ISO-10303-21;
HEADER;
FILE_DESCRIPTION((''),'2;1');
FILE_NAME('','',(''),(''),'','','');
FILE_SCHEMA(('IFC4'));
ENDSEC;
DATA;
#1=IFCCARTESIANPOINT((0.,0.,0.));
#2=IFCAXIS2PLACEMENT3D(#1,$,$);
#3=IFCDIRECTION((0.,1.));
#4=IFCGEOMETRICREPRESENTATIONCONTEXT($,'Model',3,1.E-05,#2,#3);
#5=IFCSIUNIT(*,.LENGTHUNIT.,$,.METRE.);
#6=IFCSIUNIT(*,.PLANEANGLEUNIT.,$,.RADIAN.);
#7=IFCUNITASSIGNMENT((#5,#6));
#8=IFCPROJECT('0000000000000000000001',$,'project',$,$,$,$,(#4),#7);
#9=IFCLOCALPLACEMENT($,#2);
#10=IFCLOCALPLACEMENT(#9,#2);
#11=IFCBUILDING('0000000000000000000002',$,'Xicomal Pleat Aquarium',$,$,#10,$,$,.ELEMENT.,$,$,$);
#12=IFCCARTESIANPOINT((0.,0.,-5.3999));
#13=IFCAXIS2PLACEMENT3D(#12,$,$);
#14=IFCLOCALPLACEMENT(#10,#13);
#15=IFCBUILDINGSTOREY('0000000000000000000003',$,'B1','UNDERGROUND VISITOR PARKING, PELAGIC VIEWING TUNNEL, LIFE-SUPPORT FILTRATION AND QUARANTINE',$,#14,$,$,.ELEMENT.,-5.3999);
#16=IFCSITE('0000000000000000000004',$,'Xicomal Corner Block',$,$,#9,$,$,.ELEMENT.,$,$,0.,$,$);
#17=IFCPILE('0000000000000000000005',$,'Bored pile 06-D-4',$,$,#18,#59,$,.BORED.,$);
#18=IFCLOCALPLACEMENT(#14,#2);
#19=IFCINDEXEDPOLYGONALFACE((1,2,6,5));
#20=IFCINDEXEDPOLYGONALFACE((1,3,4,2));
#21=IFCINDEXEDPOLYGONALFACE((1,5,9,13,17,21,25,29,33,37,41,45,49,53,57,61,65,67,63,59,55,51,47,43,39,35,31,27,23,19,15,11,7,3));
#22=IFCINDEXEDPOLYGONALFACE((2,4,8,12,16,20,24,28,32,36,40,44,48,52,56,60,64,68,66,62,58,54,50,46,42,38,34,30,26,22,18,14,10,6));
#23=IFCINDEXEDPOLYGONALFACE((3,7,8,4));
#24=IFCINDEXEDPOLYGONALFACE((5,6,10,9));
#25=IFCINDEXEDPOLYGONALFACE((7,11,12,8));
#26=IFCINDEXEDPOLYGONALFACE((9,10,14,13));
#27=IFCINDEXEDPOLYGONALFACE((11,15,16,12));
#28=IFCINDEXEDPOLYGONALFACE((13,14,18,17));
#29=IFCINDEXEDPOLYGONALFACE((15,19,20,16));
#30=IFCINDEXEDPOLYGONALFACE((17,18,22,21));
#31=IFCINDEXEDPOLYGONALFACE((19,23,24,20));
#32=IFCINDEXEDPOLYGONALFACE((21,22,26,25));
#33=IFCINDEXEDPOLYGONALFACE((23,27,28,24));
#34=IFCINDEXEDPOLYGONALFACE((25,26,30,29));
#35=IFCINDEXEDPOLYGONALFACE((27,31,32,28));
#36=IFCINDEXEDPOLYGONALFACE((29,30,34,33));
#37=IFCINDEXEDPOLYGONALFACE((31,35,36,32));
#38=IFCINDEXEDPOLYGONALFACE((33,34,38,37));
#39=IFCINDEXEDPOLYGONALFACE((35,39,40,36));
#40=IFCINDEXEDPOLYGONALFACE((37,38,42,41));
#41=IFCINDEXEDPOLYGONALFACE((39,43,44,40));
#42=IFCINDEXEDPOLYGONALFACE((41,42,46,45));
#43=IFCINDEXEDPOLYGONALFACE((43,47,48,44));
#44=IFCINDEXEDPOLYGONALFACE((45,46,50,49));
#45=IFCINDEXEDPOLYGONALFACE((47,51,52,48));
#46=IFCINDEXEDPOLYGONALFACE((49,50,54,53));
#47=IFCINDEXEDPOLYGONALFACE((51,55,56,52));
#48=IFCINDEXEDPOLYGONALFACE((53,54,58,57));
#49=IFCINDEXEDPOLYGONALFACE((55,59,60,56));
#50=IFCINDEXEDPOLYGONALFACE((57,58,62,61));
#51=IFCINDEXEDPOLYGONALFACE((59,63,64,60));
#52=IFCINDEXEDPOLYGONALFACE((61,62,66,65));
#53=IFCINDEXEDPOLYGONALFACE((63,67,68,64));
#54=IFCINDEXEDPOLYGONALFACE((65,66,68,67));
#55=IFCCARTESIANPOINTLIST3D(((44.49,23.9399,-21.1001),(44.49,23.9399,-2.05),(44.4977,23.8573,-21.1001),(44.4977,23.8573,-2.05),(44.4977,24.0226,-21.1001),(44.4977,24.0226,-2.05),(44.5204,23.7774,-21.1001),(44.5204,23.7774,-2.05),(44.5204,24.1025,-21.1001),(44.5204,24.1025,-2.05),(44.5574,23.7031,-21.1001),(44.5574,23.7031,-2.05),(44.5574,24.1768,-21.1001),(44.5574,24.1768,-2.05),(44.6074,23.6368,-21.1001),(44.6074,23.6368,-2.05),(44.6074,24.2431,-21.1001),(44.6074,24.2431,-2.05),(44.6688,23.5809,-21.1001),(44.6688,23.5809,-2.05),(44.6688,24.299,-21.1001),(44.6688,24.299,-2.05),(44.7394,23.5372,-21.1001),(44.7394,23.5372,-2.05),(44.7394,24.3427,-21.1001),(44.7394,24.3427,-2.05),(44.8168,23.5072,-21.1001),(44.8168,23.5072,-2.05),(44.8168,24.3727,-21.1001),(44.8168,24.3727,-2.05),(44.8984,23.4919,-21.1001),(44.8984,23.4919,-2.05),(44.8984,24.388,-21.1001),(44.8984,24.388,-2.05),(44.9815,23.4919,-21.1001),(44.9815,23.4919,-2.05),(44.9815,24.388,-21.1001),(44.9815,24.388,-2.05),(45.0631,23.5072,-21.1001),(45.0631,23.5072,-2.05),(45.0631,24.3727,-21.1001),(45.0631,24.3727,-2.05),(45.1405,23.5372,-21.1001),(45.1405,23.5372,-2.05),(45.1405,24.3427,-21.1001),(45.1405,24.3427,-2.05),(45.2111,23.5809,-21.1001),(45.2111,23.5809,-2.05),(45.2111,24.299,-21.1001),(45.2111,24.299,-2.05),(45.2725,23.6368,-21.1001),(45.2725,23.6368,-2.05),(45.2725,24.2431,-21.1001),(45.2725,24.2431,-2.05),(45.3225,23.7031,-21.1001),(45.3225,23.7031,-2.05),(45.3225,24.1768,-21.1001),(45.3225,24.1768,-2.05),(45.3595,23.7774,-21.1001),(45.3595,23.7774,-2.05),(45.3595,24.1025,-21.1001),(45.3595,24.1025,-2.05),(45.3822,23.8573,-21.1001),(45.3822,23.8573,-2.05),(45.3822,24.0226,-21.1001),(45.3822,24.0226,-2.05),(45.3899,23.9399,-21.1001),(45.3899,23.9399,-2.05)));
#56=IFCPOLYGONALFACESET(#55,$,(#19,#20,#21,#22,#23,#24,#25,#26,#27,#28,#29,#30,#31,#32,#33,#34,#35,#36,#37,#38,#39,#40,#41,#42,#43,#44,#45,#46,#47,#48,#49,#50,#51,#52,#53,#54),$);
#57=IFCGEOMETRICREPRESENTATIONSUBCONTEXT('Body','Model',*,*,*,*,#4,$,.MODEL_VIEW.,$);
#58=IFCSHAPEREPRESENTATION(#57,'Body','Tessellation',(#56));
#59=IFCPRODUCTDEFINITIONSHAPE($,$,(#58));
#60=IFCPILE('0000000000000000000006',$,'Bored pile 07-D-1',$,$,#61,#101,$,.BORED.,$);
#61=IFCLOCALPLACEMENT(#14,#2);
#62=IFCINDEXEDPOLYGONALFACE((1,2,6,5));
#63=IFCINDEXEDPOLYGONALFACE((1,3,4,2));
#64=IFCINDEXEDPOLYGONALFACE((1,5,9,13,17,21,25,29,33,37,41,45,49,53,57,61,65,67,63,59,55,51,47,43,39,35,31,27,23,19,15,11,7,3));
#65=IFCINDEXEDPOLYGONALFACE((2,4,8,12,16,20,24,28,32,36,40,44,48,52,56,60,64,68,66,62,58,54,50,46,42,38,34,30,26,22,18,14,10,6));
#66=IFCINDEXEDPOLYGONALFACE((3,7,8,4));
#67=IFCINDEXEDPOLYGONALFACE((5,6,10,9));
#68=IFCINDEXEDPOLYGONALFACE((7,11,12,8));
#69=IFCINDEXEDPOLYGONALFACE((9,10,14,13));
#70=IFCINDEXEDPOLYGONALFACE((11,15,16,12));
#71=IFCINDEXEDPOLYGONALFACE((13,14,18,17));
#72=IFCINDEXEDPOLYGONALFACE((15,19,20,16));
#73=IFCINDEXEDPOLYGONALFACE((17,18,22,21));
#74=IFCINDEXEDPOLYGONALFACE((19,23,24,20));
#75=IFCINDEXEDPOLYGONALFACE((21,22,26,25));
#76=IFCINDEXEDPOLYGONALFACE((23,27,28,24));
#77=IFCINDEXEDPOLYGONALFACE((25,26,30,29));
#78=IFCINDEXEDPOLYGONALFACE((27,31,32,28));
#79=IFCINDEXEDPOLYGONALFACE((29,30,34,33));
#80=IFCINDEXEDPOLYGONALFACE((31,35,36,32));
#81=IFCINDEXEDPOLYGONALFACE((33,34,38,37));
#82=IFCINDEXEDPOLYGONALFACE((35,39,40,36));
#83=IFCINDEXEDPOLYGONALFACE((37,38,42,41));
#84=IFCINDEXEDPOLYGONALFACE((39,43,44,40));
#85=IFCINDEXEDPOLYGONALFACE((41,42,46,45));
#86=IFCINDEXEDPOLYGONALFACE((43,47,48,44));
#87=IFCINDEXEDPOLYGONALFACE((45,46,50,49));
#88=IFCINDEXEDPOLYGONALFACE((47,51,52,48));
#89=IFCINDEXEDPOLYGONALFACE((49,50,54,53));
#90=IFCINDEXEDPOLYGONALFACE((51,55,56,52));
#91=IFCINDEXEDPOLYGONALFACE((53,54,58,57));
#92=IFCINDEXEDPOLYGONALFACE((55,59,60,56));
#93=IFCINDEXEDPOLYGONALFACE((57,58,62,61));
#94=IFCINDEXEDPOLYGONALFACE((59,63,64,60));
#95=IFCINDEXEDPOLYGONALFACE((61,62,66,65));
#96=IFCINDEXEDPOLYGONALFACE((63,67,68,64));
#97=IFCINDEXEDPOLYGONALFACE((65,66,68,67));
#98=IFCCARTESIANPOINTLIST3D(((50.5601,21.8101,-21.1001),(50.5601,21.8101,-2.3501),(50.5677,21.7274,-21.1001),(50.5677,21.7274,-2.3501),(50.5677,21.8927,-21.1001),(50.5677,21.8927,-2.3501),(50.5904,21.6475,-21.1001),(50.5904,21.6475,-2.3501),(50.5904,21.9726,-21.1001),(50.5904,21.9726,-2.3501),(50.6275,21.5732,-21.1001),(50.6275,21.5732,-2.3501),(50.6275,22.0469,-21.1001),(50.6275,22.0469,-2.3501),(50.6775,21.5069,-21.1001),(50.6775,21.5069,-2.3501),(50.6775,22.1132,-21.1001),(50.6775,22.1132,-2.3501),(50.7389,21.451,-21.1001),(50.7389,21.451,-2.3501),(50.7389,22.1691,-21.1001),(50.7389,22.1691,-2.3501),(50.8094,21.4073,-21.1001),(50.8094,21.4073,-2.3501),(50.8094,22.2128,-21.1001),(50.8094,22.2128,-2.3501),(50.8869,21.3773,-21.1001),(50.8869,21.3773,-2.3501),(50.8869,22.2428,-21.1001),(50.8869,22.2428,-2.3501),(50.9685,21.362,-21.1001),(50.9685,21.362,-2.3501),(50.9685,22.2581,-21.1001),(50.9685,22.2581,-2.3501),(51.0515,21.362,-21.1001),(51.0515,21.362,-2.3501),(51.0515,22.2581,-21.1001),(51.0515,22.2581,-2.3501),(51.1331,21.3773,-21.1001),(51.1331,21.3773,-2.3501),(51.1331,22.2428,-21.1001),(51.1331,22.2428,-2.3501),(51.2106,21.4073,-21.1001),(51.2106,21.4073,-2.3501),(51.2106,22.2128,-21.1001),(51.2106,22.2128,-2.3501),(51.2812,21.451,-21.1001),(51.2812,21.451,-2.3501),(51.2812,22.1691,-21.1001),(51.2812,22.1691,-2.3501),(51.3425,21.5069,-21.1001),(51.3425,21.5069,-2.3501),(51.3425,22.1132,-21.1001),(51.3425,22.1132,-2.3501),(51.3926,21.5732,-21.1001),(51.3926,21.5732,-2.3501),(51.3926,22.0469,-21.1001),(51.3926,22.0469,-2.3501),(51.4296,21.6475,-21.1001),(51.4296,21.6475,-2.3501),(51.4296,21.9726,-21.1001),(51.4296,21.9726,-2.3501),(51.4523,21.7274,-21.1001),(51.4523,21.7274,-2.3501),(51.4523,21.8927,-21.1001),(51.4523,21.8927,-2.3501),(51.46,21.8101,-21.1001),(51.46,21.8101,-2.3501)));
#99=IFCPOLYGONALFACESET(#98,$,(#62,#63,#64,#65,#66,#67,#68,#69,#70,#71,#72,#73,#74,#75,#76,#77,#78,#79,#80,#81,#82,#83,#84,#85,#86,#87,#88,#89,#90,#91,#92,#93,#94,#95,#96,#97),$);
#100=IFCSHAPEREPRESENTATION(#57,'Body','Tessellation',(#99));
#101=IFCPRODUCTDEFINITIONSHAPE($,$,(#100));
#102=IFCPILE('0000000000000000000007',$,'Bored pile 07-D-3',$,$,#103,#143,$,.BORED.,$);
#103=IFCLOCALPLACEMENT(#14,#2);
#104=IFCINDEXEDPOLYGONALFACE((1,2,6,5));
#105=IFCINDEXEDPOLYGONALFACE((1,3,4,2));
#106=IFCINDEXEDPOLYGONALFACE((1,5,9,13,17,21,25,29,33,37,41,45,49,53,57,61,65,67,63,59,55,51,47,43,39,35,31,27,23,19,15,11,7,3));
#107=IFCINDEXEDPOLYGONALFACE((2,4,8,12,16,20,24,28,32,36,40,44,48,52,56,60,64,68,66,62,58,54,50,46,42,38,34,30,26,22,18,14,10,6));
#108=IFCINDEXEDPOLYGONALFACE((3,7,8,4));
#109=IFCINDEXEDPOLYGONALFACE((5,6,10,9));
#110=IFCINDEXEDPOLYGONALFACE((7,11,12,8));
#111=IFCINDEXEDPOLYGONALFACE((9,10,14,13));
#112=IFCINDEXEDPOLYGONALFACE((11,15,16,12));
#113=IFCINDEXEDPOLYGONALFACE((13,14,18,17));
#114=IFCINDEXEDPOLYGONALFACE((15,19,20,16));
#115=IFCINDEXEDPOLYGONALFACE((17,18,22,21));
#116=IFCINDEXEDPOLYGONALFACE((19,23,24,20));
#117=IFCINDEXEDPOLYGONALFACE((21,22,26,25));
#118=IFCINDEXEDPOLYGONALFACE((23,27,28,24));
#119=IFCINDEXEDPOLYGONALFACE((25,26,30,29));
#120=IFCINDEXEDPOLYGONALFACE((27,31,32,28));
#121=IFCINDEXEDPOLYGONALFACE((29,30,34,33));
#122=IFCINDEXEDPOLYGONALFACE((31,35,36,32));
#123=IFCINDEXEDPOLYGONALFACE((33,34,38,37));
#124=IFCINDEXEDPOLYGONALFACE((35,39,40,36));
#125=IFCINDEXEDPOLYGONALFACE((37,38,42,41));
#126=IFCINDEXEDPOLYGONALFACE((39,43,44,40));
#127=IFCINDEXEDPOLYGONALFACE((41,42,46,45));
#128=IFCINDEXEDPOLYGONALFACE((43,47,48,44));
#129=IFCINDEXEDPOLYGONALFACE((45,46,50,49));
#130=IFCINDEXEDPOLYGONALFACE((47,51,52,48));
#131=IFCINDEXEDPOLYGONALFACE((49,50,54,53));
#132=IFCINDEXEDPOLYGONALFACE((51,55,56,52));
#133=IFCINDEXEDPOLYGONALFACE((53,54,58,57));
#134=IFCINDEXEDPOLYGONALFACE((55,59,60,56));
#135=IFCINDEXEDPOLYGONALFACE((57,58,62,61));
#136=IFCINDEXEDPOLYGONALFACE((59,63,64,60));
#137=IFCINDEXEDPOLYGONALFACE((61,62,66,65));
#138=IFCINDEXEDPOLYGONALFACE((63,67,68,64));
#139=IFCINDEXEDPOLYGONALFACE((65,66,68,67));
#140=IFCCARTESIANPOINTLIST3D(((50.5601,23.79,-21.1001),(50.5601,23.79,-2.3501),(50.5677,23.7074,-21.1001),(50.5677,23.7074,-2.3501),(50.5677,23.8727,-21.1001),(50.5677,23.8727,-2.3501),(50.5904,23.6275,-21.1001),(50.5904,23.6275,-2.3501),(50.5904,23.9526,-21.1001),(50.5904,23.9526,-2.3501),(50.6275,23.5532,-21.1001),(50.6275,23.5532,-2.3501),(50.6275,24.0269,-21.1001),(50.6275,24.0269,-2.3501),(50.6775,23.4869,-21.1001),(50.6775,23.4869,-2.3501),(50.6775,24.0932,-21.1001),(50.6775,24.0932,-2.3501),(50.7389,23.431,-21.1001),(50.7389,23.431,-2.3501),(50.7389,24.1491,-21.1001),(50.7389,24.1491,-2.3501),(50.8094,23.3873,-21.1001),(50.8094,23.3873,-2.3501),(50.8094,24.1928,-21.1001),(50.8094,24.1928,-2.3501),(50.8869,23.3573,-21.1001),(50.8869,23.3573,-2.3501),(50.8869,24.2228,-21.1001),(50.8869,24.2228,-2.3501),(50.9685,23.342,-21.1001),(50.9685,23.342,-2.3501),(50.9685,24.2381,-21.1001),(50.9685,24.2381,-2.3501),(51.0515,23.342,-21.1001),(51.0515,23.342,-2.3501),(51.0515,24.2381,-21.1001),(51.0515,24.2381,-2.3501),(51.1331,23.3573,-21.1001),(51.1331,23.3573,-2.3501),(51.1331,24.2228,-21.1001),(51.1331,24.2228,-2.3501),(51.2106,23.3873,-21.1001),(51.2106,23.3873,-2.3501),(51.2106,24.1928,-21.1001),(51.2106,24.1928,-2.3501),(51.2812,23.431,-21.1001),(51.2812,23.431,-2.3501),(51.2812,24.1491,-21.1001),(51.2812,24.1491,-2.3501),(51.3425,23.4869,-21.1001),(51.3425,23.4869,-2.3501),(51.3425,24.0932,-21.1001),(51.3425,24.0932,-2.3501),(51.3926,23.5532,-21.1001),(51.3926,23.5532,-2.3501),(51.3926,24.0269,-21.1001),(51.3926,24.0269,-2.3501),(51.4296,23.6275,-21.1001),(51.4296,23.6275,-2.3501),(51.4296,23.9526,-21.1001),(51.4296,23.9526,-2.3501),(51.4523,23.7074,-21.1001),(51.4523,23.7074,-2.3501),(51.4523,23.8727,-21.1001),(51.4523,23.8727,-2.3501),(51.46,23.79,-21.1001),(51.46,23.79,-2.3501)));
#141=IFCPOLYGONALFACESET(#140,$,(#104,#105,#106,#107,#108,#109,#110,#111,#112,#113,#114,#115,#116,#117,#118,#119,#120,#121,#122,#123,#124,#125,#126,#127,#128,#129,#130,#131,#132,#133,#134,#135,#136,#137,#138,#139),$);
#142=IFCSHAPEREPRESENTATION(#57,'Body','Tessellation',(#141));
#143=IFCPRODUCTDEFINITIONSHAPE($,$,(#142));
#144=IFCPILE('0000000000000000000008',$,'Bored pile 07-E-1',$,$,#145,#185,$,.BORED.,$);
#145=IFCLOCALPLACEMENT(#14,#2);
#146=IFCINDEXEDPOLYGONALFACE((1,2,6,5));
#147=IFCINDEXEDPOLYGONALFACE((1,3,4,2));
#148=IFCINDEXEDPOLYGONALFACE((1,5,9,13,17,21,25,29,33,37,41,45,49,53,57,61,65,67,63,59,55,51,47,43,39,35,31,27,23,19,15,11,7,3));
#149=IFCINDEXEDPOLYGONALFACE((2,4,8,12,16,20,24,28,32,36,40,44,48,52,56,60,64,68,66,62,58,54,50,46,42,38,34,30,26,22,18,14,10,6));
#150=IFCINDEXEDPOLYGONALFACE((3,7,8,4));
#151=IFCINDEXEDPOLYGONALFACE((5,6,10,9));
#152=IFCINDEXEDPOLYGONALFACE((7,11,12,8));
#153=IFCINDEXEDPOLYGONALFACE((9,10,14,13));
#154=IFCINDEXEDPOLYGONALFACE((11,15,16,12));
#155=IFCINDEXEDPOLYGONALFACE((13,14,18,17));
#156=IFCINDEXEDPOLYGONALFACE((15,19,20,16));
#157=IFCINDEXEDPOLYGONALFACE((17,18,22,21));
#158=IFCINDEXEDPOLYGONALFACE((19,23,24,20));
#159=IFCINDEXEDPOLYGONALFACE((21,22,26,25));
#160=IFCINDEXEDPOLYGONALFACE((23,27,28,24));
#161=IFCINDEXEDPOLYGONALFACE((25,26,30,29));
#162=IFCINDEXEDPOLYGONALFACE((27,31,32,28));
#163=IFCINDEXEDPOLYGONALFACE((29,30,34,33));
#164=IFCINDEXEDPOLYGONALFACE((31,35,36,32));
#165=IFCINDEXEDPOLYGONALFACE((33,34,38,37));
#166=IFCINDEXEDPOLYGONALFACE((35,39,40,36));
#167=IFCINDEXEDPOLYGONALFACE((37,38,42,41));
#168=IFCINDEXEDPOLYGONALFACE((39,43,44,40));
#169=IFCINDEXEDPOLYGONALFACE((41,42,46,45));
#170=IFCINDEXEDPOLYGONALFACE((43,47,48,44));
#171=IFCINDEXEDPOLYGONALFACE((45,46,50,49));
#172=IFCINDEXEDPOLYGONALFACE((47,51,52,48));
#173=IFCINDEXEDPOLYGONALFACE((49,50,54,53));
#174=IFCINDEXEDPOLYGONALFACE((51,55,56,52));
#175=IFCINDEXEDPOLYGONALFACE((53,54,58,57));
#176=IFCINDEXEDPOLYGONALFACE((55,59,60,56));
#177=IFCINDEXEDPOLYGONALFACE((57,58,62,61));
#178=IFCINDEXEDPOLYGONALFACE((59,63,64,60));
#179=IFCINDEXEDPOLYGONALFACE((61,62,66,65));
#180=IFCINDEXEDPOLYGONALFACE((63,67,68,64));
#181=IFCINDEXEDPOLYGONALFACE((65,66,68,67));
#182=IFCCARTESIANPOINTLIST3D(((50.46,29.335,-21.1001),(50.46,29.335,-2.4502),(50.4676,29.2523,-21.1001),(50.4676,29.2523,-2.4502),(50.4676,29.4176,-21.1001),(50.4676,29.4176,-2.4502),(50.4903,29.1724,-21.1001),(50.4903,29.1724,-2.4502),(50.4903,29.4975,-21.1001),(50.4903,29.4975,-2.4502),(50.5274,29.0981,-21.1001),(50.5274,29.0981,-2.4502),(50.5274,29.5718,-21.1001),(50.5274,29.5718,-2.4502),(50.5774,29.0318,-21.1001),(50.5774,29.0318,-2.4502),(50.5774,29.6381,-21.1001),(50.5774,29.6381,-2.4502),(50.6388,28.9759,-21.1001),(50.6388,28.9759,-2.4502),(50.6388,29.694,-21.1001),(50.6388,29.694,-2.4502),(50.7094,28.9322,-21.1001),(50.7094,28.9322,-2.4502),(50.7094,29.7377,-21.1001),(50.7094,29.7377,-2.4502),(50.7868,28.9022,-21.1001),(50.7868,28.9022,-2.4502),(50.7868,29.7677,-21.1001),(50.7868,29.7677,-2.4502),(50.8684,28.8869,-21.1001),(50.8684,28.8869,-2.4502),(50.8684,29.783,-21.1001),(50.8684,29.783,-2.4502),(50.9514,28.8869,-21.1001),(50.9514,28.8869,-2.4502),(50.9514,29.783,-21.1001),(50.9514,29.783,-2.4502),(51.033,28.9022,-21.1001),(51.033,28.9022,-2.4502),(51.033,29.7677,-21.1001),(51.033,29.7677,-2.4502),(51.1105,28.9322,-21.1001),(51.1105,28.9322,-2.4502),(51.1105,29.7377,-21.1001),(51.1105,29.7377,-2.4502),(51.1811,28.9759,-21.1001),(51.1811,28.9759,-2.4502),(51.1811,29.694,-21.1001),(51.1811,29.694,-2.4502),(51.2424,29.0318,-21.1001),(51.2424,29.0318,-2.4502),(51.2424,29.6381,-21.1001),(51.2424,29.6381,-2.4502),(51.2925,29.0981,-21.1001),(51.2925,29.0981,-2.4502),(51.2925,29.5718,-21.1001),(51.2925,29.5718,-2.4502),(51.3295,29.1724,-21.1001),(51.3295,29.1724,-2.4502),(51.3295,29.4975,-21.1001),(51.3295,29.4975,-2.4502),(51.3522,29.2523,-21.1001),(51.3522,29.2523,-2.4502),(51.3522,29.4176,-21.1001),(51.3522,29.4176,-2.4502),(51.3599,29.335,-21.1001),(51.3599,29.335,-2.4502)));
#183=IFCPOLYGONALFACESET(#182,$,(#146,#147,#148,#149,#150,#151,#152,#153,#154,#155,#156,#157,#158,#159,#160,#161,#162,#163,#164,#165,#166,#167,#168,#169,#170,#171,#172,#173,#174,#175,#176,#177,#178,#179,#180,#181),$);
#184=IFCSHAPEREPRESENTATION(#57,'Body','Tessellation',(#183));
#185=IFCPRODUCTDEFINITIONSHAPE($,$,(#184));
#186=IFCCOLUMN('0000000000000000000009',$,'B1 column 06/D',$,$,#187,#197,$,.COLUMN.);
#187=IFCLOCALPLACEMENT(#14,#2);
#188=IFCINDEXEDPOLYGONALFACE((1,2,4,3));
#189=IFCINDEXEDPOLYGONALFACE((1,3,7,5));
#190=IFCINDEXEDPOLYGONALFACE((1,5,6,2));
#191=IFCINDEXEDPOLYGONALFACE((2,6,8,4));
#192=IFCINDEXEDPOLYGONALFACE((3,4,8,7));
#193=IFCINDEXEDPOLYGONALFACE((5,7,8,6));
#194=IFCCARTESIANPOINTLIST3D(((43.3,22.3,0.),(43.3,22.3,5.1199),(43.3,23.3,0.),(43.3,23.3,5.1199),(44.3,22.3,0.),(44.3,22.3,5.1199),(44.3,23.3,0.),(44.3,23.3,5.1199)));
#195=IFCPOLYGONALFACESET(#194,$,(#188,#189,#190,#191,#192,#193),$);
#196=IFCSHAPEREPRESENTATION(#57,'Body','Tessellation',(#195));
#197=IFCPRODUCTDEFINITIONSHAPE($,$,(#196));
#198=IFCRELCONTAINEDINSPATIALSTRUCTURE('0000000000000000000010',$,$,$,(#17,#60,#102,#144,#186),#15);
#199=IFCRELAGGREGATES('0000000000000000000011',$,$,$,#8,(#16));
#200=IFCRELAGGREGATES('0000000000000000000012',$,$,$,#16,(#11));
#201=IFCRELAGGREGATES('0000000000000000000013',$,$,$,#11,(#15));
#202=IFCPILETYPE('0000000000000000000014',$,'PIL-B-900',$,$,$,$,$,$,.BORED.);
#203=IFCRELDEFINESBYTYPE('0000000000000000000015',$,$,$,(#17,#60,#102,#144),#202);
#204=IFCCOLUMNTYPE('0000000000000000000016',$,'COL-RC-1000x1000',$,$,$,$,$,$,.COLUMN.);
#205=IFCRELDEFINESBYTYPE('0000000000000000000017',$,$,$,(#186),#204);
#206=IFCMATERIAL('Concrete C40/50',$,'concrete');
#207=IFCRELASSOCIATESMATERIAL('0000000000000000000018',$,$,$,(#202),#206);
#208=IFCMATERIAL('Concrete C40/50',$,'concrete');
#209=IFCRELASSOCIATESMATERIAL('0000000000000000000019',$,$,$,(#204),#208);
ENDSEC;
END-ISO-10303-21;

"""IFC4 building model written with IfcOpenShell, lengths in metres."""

from ifc_helpers import new_model, si_unit, direction, frame, origin, origin_2d, place, context, subcontext, project, spatial, rectangle, circle, extrude, material, material_profile, profile_set, type_object, element, save


model = new_model("IFC4")

# Units and contexts
model_context = context("Model", 3, precision=1e-05, world=origin(), true_north=direction((0.0, 1.0)))
body_context = subcontext(model_context, "Body", "Model", "MODEL_VIEW")
ifc_project = project(units=[si_unit("LENGTHUNIT", "METRE"), si_unit("PLANEANGLEUNIT", "RADIAN")], contexts=[model_context])

# Site, building, storey
site_placement = place(None, origin())
site = spatial("IfcSite", under=ifc_project, at=site_placement, Name="Xicomal Corner Block", CompositionType="ELEMENT", RefElevation=0.0)
building_placement = place(site_placement, origin())
building = spatial("IfcBuilding", under=site, at=building_placement, Name="Xicomal Pleat Aquarium", CompositionType="ELEMENT")
storey_placement = place(building_placement, frame((0.0, 0.0, -5.3999)))
storey = spatial("IfcBuildingStorey", under=building, at=storey_placement, Name="B1", Description="UNDERGROUND VISITOR PARKING, PELAGIC VIEWING TUNNEL, LIFE-SUPPORT FILTRATION AND QUARANTINE", CompositionType="ELEMENT", Elevation=-5.3999)

# Piles
ifc_material_1 = material(Name="Concrete C40/50", Category="concrete")
ifc_material_profile_1 = material_profile(ifc_material_1, circle(Radius=0.45, at=origin_2d()), Name="BORED PILE D900")
ifc_profile_set_1 = profile_set([ifc_material_profile_1], Name="Concrete C40/50")
pile_type_1 = type_object("IfcPileType", Name="PIL-B-900", PredefinedType="BORED", material=ifc_profile_set_1)
for number, where, z_axis, x_axis, name in (
    (1, (44.9399, 23.9399, -2.05), (0.0, 0.0, -1.0), (1.0, 0.0, 0.0), "Bored pile 06-D-4"),
):
    element("IfcPile", number, at=place(storey_placement, frame(where, z_axis=z_axis, x_axis=x_axis)), inside=storey, type_object=pile_type_1, Name=name, PredefinedType="BORED", context=body_context, shape_type="SweptSolid", body=[
        extrude(circle(Radius=0.45, at=origin_2d()), origin(), (0.0, 0.0, 1.0), 19.05),
    ])
for number, where, z_axis, x_axis, name in (
    (2, (51.01, 21.8101, -2.3501), (0.0, 0.0, -1.0), (1.0, 0.0, 0.0), "Bored pile 07-D-1"),
    (3, (51.01, 23.79, -2.3501), (0.0, 0.0, -1.0), (1.0, 0.0, 0.0), "Bored pile 07-D-3"),
):
    element("IfcPile", number, at=place(storey_placement, frame(where, z_axis=z_axis, x_axis=x_axis)), inside=storey, type_object=pile_type_1, Name=name, PredefinedType="BORED", context=body_context, shape_type="SweptSolid", body=[
        extrude(circle(Radius=0.45, at=origin_2d()), origin(), (0.0, 0.0, 1.0), 18.75),
    ])
pile_1_placement = place(storey_placement, frame((50.9099, 29.335, -2.4502), z_axis=(0.0, 0.0, -1.0), x_axis=(1.0, 0.0, 0.0)))
element("IfcPile", 4, at=pile_1_placement, inside=storey, type_object=pile_type_1, Name="Bored pile 07-E-1", PredefinedType="BORED", context=body_context, shape_type="SweptSolid", body=[
    extrude(circle(Radius=0.45, at=origin_2d()), origin(), (0.0, 0.0, 1.0), 18.6499),
])

# Column
ifc_material_2 = material(Name="Concrete C40/50", Category="concrete")
ifc_material_profile_2 = material_profile(ifc_material_2, rectangle(XDim=1.0, YDim=1.0, at=origin_2d()), Name="RC 1000x1000")
ifc_profile_set_2 = profile_set([ifc_material_profile_2], Name="Concrete C40/50")
column_type = type_object("IfcColumnType", Name="COL-RC-1000x1000", PredefinedType="COLUMN", material=ifc_profile_set_2)
column_placement = place(storey_placement, frame((43.8, 22.8, 0.0), z_axis=(0.0, 0.0, 1.0), x_axis=(1.0, 0.0, 0.0)))
element("IfcColumn", 5, at=column_placement, inside=storey, type_object=column_type, Name="B1 column 06/D", PredefinedType="COLUMN", context=body_context, shape_type="SweptSolid", body=[
    extrude(rectangle(XDim=1.0, YDim=1.0, at=origin_2d()), origin(), (0.0, 0.0, 1.0), 5.1199),
])

save(model, "model.ifc")
